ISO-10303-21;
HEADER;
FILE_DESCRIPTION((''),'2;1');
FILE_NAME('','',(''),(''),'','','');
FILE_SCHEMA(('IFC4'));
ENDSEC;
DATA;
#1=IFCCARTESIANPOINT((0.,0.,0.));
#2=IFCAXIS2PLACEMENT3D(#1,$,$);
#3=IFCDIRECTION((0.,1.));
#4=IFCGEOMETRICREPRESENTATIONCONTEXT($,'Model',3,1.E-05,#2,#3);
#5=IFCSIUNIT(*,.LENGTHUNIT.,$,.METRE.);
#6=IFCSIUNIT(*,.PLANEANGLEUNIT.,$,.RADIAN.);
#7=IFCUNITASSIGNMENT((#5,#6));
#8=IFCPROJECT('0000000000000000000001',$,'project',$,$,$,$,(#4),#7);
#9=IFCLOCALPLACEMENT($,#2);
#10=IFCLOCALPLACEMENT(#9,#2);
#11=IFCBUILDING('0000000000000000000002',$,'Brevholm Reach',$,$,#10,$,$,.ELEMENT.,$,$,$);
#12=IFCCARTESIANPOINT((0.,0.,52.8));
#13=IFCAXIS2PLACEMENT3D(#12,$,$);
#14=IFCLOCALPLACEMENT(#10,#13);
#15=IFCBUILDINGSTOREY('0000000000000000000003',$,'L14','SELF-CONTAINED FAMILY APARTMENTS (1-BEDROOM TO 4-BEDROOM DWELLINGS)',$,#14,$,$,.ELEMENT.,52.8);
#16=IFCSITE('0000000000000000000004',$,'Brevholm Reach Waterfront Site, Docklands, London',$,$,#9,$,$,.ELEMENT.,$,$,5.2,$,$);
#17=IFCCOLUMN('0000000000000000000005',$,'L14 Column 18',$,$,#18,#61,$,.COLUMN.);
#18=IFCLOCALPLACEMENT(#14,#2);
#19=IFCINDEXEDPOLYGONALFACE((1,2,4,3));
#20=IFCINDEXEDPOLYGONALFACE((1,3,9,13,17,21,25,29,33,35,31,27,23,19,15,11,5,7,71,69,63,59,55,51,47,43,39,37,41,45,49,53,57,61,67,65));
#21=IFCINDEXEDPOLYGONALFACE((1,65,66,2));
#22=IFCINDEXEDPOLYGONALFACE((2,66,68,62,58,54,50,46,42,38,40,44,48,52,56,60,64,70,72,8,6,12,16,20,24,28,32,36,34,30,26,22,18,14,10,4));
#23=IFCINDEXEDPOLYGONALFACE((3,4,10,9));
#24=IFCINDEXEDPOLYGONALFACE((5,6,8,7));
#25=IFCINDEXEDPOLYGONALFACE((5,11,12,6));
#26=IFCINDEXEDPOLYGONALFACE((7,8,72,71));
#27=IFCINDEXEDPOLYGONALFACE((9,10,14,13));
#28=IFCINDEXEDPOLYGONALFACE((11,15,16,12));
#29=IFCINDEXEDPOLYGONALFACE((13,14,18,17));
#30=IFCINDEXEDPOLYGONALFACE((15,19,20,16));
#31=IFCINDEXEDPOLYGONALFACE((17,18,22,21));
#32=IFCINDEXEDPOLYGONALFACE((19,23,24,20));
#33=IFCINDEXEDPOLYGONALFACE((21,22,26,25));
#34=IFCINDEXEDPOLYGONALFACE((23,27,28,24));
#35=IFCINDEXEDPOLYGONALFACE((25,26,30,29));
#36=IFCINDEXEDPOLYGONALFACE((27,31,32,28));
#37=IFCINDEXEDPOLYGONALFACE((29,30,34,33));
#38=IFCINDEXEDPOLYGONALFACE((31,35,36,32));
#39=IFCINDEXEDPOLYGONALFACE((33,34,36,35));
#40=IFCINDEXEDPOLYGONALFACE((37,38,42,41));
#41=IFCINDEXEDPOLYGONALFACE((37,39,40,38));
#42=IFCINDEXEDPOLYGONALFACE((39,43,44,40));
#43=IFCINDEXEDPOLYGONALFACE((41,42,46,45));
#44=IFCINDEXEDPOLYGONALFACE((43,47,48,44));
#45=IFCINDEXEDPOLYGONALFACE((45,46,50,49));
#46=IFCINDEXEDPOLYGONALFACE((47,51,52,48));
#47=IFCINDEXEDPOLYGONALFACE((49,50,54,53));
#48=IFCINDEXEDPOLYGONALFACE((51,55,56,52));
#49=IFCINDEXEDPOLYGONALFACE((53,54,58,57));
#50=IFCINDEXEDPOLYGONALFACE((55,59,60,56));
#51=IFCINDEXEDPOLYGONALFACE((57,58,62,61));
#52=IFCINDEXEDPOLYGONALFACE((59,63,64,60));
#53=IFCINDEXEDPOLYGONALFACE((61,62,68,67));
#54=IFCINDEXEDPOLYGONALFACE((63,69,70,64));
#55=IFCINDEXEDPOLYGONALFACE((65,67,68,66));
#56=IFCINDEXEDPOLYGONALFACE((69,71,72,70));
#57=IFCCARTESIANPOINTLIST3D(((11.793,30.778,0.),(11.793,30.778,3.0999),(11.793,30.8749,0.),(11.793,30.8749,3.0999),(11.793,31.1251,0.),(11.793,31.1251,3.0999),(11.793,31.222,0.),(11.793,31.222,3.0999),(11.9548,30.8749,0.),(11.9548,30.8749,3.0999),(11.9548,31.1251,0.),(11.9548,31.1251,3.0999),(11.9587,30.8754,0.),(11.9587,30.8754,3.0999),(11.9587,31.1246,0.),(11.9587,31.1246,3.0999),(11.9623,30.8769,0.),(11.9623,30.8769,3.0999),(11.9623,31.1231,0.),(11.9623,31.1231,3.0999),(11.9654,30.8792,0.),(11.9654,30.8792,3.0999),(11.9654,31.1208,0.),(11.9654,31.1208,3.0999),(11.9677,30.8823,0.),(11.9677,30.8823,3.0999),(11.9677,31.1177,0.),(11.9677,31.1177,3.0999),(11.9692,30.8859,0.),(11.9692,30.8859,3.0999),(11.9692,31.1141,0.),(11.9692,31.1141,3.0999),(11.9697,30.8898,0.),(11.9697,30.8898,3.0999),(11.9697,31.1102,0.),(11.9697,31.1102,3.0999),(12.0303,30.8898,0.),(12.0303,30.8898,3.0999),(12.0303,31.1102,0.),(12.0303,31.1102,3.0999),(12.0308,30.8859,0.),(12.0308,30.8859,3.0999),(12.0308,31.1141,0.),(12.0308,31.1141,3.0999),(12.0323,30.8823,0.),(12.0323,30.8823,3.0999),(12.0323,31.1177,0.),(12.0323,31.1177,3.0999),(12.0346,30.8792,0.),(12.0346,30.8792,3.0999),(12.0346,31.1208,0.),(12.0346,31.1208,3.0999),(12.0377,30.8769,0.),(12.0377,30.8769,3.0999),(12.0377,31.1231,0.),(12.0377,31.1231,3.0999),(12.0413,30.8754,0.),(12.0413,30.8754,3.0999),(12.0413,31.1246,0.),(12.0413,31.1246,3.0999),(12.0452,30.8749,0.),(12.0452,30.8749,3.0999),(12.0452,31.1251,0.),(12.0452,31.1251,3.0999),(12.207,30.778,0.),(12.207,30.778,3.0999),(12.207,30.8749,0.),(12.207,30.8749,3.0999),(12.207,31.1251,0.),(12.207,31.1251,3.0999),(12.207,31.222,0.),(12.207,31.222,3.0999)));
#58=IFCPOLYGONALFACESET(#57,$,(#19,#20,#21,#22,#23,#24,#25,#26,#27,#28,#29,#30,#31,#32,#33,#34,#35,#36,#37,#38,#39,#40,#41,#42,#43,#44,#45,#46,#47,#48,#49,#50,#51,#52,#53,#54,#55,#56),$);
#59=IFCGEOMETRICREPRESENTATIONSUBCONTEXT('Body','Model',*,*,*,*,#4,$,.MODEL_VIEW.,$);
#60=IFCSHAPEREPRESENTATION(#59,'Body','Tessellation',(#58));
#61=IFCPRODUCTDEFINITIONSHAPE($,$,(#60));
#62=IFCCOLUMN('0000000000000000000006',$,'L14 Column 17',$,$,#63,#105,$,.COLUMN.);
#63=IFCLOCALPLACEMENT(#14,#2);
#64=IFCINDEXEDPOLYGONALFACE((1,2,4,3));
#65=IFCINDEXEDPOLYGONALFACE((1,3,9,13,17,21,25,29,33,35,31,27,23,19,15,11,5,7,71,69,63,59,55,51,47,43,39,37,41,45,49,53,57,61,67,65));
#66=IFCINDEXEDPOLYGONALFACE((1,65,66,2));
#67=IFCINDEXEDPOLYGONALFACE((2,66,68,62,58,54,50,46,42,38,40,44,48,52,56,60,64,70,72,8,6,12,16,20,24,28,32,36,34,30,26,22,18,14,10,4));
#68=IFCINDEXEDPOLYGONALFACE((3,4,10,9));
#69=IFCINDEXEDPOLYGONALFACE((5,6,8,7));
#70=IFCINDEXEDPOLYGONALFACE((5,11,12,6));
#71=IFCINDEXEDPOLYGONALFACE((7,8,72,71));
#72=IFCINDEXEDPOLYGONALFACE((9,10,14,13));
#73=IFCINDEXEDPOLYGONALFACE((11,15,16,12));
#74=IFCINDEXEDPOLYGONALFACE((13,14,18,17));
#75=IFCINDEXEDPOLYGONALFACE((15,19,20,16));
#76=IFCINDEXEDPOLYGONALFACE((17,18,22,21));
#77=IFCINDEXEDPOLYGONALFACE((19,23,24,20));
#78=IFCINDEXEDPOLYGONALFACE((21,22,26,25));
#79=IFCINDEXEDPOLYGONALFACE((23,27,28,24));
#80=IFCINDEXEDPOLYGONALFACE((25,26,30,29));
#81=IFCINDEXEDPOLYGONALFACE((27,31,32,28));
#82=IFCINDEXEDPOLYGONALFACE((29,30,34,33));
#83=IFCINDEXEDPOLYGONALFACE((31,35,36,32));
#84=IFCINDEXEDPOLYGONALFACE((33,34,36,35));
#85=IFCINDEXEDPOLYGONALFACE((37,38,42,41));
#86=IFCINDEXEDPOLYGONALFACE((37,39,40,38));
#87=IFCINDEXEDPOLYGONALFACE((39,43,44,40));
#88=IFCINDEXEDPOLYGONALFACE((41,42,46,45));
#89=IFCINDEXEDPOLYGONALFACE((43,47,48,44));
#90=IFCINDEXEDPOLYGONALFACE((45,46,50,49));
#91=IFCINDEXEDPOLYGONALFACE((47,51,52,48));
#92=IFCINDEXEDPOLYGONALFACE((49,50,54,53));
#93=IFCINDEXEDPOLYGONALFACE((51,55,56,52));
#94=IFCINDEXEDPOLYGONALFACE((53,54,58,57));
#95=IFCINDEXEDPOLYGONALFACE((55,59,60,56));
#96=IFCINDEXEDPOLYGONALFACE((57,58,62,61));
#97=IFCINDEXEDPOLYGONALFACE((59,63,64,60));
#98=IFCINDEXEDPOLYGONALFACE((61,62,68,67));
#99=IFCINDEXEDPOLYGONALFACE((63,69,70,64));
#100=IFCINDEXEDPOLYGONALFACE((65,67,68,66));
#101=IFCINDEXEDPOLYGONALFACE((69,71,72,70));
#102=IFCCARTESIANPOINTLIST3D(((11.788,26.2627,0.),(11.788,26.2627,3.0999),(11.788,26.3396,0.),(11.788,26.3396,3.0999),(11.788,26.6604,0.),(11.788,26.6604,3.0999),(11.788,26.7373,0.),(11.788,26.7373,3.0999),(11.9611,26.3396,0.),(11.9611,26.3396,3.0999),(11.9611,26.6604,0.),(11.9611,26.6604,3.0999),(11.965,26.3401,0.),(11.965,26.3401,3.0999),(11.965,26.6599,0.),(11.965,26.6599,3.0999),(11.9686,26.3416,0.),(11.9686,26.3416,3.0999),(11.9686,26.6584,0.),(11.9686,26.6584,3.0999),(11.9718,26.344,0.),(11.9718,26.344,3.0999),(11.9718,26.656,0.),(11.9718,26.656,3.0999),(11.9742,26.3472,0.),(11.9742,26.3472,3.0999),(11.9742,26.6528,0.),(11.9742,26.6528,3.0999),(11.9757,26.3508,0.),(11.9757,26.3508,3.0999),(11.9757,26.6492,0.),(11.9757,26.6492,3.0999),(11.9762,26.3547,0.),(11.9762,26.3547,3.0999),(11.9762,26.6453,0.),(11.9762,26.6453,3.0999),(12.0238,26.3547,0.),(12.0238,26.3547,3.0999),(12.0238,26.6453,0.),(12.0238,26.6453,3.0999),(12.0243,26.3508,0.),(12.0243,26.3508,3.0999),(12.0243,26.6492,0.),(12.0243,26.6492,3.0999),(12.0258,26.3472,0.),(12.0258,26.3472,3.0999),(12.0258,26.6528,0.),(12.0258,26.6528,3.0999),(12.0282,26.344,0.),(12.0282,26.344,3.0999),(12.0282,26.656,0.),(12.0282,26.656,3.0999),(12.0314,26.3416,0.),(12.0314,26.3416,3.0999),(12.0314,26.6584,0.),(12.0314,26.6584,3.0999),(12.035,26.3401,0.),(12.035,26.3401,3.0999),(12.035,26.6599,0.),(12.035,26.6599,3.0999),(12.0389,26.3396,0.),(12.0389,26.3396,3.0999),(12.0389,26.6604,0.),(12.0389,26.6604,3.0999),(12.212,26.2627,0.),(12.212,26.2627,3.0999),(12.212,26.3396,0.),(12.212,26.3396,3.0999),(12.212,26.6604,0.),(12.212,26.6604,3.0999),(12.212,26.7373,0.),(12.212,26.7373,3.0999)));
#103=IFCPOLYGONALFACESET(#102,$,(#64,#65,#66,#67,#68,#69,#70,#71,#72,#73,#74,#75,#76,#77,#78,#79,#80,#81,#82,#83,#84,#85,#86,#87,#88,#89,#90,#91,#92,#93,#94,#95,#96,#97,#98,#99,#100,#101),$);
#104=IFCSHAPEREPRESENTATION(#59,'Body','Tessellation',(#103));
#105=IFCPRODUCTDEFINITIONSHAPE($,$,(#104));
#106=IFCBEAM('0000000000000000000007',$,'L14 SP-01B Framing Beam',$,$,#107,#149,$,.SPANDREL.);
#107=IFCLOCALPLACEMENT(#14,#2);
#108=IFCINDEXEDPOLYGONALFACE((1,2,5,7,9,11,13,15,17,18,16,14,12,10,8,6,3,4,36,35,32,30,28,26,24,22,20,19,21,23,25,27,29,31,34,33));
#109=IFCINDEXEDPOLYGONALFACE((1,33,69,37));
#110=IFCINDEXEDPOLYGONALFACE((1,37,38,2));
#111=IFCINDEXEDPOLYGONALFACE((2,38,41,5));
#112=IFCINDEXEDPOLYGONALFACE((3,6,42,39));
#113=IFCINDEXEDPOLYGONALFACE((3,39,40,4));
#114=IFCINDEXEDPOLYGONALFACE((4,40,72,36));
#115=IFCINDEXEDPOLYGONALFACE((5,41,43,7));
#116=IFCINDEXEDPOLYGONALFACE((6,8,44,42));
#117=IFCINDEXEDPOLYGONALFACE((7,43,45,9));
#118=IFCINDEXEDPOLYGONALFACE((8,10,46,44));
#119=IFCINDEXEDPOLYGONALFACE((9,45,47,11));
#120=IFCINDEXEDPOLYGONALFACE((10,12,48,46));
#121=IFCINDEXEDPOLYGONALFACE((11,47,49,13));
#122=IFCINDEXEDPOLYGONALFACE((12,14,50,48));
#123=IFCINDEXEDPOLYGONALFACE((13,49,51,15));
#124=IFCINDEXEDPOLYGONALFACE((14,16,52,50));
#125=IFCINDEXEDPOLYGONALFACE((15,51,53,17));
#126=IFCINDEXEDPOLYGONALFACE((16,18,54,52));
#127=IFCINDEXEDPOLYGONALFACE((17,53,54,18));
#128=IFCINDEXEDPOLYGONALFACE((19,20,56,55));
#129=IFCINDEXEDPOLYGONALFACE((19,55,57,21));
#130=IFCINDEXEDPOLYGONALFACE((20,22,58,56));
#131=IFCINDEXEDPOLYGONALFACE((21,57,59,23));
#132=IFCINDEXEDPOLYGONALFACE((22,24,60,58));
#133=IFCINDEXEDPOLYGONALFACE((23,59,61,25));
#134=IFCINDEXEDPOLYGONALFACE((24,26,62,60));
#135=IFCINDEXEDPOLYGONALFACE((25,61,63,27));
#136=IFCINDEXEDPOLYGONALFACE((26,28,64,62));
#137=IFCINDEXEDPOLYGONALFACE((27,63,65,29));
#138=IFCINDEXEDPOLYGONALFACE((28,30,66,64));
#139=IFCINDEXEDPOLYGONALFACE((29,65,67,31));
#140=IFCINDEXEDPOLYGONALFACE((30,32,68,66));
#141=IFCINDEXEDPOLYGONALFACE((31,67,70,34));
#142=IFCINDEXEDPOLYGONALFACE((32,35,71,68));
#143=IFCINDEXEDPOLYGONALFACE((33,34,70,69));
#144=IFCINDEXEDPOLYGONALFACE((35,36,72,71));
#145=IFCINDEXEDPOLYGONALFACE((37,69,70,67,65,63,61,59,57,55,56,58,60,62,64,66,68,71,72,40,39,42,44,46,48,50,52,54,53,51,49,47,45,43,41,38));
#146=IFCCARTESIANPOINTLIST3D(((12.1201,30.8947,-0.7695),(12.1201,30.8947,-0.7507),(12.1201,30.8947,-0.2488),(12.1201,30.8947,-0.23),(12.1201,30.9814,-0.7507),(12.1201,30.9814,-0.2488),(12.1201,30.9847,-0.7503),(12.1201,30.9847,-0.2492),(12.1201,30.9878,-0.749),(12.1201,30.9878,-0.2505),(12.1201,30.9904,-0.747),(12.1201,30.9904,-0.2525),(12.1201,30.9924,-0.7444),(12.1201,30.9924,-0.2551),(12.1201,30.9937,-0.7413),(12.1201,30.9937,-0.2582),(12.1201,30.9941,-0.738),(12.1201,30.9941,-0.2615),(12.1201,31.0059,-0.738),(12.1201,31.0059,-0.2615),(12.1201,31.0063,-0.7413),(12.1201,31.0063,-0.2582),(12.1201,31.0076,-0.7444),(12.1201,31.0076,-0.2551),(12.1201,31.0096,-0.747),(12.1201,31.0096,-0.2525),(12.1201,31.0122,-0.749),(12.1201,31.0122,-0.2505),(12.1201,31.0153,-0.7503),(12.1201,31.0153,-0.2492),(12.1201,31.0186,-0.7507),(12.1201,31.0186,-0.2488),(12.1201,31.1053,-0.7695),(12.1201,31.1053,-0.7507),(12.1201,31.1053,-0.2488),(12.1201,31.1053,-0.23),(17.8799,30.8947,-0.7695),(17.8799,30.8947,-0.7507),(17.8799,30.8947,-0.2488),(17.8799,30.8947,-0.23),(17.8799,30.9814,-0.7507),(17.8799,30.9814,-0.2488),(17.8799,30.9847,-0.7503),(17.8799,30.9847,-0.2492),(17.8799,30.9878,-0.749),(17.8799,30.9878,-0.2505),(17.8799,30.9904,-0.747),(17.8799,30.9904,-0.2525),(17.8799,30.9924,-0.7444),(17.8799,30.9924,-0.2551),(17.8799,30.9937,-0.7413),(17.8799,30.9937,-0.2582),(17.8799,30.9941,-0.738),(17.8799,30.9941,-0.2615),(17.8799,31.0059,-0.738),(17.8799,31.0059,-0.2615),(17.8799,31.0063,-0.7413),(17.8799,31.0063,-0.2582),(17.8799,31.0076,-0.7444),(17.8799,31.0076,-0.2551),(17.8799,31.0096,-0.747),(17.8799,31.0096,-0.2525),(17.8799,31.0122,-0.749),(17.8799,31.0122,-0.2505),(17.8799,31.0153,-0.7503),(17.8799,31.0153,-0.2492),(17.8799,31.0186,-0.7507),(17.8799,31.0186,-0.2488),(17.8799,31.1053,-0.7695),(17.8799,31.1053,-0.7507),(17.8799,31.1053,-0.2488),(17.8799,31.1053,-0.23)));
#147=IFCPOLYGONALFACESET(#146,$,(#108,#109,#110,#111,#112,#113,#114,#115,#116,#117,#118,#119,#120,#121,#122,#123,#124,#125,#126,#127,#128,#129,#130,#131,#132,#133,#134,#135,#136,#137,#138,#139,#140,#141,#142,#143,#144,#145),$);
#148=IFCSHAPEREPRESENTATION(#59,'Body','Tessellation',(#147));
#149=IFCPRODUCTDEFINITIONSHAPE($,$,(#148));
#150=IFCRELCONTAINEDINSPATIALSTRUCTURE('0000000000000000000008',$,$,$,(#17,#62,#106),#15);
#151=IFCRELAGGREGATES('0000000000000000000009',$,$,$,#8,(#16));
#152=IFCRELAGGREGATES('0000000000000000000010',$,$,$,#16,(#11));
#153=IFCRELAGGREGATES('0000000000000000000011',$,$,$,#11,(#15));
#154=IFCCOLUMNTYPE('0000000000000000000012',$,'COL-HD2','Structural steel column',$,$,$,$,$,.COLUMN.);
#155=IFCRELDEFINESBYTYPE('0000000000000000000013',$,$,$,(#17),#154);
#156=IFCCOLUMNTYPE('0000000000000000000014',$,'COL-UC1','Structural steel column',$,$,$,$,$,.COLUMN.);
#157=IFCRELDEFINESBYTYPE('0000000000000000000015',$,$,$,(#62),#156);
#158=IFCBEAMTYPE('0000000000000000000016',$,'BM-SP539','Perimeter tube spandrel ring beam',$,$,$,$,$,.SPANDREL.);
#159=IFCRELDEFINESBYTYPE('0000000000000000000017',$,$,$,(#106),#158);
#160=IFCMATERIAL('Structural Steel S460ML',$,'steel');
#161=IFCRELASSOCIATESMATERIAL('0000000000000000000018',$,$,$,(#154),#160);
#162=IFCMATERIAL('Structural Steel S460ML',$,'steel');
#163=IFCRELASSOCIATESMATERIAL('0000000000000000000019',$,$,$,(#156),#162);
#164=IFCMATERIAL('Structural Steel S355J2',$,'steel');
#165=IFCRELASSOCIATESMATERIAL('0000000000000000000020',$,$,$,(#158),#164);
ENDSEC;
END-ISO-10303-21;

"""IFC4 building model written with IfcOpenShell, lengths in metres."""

from ifc_helpers import new_model, si_unit, direction, frame, origin, origin_2d, place, context, subcontext, project, spatial, i_section, extrude, material, material_profile, profile_set, type_object, element, save


model = new_model("IFC4")

# Units and contexts
model_context = context("Model", 3, precision=1e-05, world=origin(), true_north=direction((0.0, 1.0)))
body_context = subcontext(model_context, "Body", "Model", "MODEL_VIEW")
ifc_project = project(units=[si_unit("LENGTHUNIT", "METRE"), si_unit("PLANEANGLEUNIT", "RADIAN")], contexts=[model_context])

# Site, building, storey
site_placement = place(None, origin())
site = spatial("IfcSite", under=ifc_project, at=site_placement, Name="Brevholm Reach Waterfront Site, Docklands, London", CompositionType="ELEMENT", RefElevation=5.2)
building_placement = place(site_placement, origin())
building = spatial("IfcBuilding", under=site, at=building_placement, Name="Brevholm Reach", CompositionType="ELEMENT")
storey_placement = place(building_placement, frame((0.0, 0.0, 52.8)))
storey = spatial("IfcBuildingStorey", under=building, at=storey_placement, Name="L14", Description="SELF-CONTAINED FAMILY APARTMENTS (1-BEDROOM TO 4-BEDROOM DWELLINGS)", CompositionType="ELEMENT", Elevation=52.8)

# Columns
ifc_material_1 = material(Name="Structural Steel S460ML", Category="steel")
ifc_material_profile_1 = material_profile(ifc_material_1, i_section(OverallWidth=0.4141, OverallDepth=0.4441, WebThickness=0.0605, FlangeThickness=0.0969, FilletRadius=0.0149, at=origin_2d()), Name="HD 400x818")
ifc_profile_set_1 = profile_set([ifc_material_profile_1], Name="Structural Steel S460ML")
column_type_1 = type_object("IfcColumnType", Name="COL-HD2", Description="Structural steel column", PredefinedType="COLUMN", material=ifc_profile_set_1)
column_1_placement = place(storey_placement, frame((12.0, 31.0, 0.0), z_axis=(0.0, 0.0, 1.0), x_axis=(1.0, 0.0, 0.0)))
element("IfcColumn", 1, at=column_1_placement, inside=storey, type_object=column_type_1, Name="L14 Column 18", PredefinedType="COLUMN", context=body_context, shape_type="SweptSolid", body=[
    extrude(i_section(OverallWidth=0.4141, OverallDepth=0.4441, WebThickness=0.0605, FlangeThickness=0.0969, FilletRadius=0.0149, at=origin_2d()), origin(), (0.0, 0.0, 1.0), 3.0999),
])
ifc_material_2 = material(Name="Structural Steel S460ML", Category="steel")
ifc_material_profile_2 = material_profile(ifc_material_2, i_section(OverallWidth=0.4241, OverallDepth=0.4746, WebThickness=0.0476, FlangeThickness=0.0769, FilletRadius=0.0151, at=origin_2d()), Name="UKC 356x406x634")
ifc_profile_set_2 = profile_set([ifc_material_profile_2], Name="Structural Steel S460ML")
column_type_2 = type_object("IfcColumnType", Name="COL-UC1", Description="Structural steel column", PredefinedType="COLUMN", material=ifc_profile_set_2)
column_2_placement = place(storey_placement, frame((12.0, 26.5, 0.0), z_axis=(0.0, 0.0, 1.0), x_axis=(1.0, 0.0, 0.0)))
element("IfcColumn", 2, at=column_2_placement, inside=storey, type_object=column_type_2, Name="L14 Column 17", PredefinedType="COLUMN", context=body_context, shape_type="SweptSolid", body=[
    extrude(i_section(OverallWidth=0.4241, OverallDepth=0.4746, WebThickness=0.0476, FlangeThickness=0.0769, FilletRadius=0.0151, at=origin_2d()), origin(), (0.0, 0.0, 1.0), 3.0999),
])

# Beam
ifc_material_3 = material(Name="Structural Steel S355J2", Category="steel")
ifc_material_profile_3 = material_profile(ifc_material_3, i_section(OverallWidth=0.2107, OverallDepth=0.5396, WebThickness=0.0117, FlangeThickness=0.0188, FilletRadius=0.0127, at=origin_2d()), Name="UKB 533x210x109")
ifc_profile_set_3 = profile_set([ifc_material_profile_3], Name="Structural Steel S355J2")
beam_type_1 = type_object("IfcBeamType", Name="BM-SP539", Description="Perimeter tube spandrel ring beam", PredefinedType="SPANDREL", material=ifc_profile_set_3)
beam_1_placement = place(storey_placement, frame((12.1201, 31.0, -0.4998), z_axis=(1.0, 0.0, 0.0), x_axis=(0.0, 1.0, 0.0)))
element("IfcBeam", 3, at=beam_1_placement, inside=storey, type_object=beam_type_1, Name="L14 SP-01B Framing Beam", PredefinedType="SPANDREL", context=body_context, shape_type="SweptSolid", body=[
    extrude(i_section(OverallWidth=0.2107, OverallDepth=0.5396, WebThickness=0.0117, FlangeThickness=0.0188, FilletRadius=0.0127, at=origin_2d()), origin(), (0.0, 0.0, 1.0), 5.7598),
])

save(model, "model.ifc")
